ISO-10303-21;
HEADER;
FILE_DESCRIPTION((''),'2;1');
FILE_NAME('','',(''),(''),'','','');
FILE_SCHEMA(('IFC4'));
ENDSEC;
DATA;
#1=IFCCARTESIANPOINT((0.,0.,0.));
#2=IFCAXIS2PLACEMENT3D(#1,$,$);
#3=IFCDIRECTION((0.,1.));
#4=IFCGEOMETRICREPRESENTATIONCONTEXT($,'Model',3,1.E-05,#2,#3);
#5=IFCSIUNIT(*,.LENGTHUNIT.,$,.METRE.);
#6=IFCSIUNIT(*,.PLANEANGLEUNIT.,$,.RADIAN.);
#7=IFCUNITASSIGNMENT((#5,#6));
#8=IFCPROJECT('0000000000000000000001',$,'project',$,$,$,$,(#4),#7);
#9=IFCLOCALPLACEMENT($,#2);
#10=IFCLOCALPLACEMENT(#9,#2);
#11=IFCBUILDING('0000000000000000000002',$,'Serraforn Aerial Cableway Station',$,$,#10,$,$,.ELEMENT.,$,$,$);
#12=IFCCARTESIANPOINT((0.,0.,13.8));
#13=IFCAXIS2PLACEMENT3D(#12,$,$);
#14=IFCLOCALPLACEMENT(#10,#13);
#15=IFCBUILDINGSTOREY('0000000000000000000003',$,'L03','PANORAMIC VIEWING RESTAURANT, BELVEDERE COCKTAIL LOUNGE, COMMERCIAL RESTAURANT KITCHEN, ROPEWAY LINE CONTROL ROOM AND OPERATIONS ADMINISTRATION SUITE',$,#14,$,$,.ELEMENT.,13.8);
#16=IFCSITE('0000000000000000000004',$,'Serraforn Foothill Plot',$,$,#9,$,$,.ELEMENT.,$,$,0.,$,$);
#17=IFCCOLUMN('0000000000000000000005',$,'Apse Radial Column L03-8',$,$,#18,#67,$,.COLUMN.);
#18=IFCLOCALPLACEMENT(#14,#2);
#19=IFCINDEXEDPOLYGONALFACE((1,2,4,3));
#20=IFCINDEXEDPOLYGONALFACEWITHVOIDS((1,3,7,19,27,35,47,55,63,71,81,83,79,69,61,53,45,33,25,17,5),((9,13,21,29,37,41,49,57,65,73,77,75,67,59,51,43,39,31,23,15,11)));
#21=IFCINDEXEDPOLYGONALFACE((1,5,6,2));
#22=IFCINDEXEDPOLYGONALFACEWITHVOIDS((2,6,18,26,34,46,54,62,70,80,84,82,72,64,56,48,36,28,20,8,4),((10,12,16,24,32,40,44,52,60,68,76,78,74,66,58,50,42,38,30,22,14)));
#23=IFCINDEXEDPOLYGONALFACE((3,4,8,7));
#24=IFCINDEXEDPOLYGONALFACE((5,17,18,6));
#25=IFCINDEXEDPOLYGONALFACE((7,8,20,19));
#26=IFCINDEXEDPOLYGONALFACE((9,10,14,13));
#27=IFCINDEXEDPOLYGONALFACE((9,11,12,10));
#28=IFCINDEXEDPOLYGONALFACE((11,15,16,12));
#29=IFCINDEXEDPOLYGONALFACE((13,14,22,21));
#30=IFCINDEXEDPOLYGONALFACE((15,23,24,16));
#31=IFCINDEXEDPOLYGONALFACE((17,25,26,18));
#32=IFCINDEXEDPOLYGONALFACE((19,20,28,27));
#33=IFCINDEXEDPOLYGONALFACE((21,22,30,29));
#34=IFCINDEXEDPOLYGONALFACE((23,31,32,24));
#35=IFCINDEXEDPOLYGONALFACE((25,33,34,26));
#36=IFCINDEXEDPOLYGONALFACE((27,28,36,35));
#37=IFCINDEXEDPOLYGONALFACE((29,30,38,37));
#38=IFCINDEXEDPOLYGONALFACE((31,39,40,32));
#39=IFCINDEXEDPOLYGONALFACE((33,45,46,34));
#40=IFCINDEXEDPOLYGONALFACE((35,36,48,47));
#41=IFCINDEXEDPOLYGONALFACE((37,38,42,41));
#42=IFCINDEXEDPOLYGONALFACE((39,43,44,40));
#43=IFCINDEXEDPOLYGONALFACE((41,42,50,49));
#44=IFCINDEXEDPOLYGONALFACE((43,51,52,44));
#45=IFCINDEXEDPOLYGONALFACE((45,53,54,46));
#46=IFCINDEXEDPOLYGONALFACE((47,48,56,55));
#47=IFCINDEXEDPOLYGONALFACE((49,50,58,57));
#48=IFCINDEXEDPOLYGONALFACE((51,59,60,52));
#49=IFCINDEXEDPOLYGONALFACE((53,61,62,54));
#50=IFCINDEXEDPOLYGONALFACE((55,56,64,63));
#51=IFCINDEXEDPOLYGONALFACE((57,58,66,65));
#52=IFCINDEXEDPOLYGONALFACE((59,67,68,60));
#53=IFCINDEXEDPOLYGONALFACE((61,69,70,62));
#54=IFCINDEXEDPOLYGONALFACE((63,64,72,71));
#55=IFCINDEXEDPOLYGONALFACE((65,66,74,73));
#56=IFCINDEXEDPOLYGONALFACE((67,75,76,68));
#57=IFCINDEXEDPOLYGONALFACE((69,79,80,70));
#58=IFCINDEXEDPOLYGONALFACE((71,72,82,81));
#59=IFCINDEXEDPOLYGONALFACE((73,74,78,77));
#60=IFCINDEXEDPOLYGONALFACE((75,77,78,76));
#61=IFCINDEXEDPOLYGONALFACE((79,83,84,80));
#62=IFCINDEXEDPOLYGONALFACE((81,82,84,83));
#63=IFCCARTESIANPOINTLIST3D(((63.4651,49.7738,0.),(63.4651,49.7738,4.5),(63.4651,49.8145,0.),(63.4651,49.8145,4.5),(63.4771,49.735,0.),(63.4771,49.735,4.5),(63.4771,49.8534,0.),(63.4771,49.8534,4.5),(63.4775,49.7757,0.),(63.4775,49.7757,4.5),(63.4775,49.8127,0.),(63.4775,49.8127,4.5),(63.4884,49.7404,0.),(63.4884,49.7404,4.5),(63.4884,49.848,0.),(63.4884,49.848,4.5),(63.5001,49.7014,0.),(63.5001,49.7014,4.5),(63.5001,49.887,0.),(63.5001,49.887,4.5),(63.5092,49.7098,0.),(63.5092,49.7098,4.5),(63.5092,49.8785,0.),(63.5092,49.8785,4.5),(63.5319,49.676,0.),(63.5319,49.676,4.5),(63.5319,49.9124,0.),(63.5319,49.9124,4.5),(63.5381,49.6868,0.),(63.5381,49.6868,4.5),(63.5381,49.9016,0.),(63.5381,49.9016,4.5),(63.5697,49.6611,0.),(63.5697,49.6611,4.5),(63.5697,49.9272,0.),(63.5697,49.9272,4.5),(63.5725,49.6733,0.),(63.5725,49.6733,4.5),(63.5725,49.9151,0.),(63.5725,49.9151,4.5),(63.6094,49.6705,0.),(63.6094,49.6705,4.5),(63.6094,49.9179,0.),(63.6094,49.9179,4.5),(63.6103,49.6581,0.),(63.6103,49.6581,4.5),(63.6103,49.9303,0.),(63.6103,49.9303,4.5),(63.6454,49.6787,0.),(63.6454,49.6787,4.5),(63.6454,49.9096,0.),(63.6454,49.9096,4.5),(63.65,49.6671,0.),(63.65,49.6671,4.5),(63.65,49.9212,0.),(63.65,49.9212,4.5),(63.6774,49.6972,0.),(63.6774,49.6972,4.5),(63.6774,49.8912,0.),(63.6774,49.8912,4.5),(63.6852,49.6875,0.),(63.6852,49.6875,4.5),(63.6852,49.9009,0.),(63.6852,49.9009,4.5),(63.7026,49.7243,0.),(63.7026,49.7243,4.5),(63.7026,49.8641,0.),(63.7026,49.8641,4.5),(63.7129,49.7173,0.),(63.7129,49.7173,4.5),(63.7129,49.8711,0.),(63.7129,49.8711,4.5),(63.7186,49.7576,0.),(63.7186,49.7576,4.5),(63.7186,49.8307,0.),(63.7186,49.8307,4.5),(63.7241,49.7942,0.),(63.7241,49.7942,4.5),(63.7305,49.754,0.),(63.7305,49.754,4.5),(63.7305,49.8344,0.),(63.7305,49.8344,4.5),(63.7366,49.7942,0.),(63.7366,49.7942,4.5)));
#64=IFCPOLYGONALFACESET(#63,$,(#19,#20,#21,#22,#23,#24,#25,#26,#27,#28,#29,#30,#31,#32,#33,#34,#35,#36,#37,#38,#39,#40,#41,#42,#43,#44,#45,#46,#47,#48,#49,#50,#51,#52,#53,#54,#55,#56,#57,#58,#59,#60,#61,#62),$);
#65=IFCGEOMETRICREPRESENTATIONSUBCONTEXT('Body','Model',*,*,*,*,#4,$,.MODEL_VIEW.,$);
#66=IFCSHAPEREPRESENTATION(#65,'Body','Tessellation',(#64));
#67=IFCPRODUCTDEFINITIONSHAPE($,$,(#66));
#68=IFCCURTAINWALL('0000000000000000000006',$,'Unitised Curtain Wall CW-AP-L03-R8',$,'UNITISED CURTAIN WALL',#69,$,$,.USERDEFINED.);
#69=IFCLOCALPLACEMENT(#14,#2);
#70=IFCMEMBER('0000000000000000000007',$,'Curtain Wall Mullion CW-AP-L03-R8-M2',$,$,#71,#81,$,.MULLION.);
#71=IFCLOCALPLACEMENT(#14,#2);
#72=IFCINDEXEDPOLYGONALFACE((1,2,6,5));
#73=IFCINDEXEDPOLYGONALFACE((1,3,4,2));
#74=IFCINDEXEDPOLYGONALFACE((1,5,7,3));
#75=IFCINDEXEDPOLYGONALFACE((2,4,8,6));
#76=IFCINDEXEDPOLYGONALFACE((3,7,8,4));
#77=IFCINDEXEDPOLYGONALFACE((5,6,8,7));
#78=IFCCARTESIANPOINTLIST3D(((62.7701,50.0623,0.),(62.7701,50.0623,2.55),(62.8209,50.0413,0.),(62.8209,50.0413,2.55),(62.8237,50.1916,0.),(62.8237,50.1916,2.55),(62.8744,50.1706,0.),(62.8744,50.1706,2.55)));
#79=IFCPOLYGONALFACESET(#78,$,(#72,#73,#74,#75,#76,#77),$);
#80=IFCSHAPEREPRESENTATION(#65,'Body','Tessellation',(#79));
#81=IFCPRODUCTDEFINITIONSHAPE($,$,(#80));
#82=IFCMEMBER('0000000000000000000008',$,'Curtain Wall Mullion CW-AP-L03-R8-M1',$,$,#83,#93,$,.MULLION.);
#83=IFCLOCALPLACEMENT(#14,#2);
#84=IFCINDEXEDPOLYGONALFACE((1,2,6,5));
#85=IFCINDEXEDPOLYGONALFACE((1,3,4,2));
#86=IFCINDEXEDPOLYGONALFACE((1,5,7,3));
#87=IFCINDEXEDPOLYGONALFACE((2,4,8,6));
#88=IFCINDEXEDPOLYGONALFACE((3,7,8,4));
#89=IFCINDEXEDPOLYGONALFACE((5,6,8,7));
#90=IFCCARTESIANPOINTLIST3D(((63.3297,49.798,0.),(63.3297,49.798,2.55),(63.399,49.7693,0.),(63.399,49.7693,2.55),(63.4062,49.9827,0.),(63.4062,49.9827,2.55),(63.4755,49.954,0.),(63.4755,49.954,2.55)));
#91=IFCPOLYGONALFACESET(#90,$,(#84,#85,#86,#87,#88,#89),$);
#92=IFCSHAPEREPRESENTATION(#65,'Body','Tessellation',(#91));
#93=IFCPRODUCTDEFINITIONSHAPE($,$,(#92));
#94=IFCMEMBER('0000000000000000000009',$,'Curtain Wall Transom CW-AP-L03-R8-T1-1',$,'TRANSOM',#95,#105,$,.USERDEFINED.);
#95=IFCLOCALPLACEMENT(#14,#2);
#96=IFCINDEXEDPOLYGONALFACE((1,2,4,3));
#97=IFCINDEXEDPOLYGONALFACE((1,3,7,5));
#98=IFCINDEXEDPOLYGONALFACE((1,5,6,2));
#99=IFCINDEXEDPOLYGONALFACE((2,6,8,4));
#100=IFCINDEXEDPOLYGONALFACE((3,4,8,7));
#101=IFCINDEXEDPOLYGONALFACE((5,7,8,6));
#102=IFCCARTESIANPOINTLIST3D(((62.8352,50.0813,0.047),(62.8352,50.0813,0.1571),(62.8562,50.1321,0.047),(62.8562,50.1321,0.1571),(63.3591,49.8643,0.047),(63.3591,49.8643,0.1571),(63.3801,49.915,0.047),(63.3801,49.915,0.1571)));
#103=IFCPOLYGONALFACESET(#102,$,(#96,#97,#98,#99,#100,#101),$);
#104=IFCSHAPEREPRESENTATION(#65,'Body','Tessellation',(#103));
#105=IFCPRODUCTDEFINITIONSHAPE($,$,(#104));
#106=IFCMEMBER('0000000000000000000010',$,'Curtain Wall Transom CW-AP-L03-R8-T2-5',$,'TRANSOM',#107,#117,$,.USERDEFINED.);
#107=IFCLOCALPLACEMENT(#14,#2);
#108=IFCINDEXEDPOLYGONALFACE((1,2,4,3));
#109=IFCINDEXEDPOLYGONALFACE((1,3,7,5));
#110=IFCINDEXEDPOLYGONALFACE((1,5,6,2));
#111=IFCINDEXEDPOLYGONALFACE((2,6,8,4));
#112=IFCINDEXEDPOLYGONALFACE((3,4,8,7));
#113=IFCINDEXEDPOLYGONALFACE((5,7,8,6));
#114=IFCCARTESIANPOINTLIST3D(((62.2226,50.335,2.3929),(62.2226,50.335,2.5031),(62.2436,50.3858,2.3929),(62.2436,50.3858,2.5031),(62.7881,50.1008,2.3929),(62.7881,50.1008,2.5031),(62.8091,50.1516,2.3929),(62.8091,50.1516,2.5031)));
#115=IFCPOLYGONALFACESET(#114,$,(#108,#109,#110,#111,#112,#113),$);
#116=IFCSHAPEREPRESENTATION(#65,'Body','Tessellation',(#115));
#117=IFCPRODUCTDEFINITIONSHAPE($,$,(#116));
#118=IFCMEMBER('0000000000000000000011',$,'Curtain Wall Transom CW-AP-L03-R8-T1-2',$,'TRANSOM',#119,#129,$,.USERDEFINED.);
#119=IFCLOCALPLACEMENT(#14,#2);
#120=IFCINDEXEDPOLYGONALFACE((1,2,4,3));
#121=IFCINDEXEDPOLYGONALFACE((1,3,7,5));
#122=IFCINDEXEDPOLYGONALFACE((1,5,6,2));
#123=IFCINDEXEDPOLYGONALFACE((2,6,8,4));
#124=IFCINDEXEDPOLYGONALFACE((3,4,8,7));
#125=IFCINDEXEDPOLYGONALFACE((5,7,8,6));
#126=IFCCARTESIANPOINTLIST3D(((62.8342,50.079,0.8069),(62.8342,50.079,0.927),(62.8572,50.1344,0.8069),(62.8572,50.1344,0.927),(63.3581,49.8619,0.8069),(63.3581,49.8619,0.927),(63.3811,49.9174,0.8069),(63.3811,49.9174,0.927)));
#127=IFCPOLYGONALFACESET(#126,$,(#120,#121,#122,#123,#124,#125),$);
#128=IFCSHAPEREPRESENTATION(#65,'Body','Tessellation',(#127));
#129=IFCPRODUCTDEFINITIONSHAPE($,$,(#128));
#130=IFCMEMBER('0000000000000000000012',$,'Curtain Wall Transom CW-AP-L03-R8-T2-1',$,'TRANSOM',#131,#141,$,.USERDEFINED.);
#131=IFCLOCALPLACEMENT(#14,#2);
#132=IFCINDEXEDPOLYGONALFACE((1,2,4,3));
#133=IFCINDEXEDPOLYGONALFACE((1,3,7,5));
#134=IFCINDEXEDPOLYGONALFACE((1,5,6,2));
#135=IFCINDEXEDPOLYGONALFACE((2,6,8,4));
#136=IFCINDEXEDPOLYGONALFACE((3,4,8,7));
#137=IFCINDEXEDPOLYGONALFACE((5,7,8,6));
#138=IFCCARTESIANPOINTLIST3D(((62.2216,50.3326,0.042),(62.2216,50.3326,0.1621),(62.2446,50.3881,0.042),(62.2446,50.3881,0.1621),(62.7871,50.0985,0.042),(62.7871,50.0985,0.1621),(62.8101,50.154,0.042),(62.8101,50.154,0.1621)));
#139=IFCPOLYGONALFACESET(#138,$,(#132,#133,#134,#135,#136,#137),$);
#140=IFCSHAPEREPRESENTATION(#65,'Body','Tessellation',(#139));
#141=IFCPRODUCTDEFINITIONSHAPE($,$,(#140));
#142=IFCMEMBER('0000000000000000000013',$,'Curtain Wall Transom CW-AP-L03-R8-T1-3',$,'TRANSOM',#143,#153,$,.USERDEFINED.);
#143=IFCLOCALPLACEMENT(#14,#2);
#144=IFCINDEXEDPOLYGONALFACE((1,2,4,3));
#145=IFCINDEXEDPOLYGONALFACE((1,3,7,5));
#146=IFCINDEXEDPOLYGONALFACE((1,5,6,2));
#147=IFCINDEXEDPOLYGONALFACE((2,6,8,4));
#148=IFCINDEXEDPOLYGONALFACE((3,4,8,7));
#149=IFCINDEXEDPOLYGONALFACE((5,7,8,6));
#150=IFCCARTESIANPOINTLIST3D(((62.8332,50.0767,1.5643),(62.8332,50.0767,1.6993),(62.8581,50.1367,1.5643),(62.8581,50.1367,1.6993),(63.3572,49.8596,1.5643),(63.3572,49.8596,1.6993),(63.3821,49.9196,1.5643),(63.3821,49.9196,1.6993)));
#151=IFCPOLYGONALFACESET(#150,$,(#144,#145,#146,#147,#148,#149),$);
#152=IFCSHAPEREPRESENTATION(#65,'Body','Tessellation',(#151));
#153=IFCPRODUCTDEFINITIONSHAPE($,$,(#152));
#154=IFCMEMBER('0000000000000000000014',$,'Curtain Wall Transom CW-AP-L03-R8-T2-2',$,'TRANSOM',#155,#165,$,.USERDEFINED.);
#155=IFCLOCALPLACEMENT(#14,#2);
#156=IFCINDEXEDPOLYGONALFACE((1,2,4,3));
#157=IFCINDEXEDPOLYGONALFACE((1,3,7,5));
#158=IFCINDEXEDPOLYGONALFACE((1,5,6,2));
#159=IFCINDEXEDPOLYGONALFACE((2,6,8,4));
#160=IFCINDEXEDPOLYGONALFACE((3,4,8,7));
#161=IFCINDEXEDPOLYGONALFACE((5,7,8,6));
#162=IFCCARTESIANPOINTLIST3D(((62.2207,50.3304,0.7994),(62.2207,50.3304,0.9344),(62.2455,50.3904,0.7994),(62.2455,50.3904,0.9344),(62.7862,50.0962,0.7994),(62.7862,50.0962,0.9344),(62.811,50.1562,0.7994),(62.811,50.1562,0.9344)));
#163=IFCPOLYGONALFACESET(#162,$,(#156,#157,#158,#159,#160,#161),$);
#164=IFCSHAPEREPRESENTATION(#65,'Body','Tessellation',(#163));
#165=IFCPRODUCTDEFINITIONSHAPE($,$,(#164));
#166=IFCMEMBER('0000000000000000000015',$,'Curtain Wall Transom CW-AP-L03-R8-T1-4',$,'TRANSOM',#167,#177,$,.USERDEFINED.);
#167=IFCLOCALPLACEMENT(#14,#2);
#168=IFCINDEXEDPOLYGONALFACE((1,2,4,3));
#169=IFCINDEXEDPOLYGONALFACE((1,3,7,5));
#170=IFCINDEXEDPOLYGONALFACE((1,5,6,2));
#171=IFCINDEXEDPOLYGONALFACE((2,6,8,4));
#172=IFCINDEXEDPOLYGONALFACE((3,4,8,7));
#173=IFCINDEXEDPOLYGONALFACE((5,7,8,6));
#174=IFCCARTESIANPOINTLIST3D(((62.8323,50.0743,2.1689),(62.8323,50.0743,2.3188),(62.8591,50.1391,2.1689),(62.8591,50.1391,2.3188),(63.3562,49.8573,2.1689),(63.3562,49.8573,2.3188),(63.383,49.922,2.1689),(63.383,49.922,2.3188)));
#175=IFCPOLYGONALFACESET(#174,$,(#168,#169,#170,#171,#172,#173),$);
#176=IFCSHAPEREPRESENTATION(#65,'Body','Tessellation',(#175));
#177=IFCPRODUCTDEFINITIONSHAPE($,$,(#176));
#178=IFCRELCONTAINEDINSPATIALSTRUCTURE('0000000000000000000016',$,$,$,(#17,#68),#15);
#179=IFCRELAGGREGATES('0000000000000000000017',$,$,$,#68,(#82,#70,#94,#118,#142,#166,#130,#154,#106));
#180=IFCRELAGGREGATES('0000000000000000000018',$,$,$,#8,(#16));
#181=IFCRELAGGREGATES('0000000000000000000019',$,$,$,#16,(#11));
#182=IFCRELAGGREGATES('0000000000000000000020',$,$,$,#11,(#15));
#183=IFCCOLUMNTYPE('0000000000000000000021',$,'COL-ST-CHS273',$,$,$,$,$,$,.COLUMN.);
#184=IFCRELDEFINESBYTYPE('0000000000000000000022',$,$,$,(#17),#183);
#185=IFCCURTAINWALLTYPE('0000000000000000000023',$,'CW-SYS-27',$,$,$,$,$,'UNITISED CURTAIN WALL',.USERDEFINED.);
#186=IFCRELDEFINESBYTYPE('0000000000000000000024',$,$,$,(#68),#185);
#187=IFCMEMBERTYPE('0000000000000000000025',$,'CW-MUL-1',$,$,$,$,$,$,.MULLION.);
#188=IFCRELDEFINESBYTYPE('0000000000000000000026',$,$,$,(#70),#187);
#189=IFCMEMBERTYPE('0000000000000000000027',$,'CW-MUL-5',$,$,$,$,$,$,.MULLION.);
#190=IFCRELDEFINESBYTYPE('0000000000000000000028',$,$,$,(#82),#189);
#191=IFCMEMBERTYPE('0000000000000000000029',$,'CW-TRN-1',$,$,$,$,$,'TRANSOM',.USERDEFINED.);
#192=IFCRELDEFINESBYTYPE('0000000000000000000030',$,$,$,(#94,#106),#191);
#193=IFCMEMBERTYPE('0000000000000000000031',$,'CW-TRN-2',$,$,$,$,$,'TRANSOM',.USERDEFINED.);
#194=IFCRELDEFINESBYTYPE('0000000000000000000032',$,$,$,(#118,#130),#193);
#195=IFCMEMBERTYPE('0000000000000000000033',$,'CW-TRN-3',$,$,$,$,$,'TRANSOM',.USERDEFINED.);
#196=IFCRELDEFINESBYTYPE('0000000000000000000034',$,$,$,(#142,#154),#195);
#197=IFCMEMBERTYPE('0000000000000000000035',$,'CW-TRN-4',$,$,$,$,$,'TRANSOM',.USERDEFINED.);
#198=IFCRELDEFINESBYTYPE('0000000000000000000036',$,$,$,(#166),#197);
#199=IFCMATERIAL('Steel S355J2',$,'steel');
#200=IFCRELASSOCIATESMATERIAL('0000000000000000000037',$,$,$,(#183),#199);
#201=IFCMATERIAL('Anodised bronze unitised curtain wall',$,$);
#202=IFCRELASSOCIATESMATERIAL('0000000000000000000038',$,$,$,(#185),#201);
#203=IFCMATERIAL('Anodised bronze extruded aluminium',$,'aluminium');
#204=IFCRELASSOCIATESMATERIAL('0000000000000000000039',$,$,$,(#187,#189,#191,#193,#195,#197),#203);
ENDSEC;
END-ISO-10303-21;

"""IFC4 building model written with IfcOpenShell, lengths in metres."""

from ifc_helpers import new_model, si_unit, direction, frame, origin, origin_2d, place, context, subcontext, project, spatial, rectangle, hollow_circle, extrude, material, material_profile, profile_set, type_object, element, aggregate, save


model = new_model("IFC4")

# Units and contexts
model_context = context("Model", 3, precision=1e-05, world=origin(), true_north=direction((0.0, 1.0)))
body_context = subcontext(model_context, "Body", "Model", "MODEL_VIEW")
ifc_project = project(units=[si_unit("LENGTHUNIT", "METRE"), si_unit("PLANEANGLEUNIT", "RADIAN")], contexts=[model_context])

# Site, building, storey
site_placement = place(None, origin())
site = spatial("IfcSite", under=ifc_project, at=site_placement, Name="Serraforn Foothill Plot", CompositionType="ELEMENT", RefElevation=0.0)
building_placement = place(site_placement, origin())
building = spatial("IfcBuilding", under=site, at=building_placement, Name="Serraforn Aerial Cableway Station", CompositionType="ELEMENT")
storey_placement = place(building_placement, frame((0.0, 0.0, 13.8)))
storey = spatial("IfcBuildingStorey", under=building, at=storey_placement, Name="L03", Description="PANORAMIC VIEWING RESTAURANT, BELVEDERE COCKTAIL LOUNGE, COMMERCIAL RESTAURANT KITCHEN, ROPEWAY LINE CONTROL ROOM AND OPERATIONS ADMINISTRATION SUITE", CompositionType="ELEMENT", Elevation=13.8)

# Column
ifc_material_1 = material(Name="Steel S355J2", Category="steel")
ifc_material_profile_1 = material_profile(ifc_material_1, hollow_circle(Radius=0.1365, WallThickness=0.0125, at=origin_2d()), Name="CHS 273.0x12.5")
ifc_profile_set_1 = profile_set([ifc_material_profile_1], Name="Steel S355J2")
column_type = type_object("IfcColumnType", Name="COL-ST-CHS273", PredefinedType="COLUMN", material=ifc_profile_set_1)
column_placement = place(storey_placement, frame((63.6001, 49.7942, 0.0), z_axis=(0.0, 0.0, 1.0), x_axis=(1.0, 0.0, 0.0)))
element("IfcColumn", 1, at=column_placement, inside=storey, type_object=column_type, Name="Apse Radial Column L03-8", PredefinedType="COLUMN", context=body_context, shape_type="SweptSolid", body=[
    extrude(hollow_circle(Radius=0.1365, WallThickness=0.0125, at=origin_2d()), origin(), (0.0, 0.0, 1.0), 4.5),
])

# Curtain wall, members
ifc_material_2 = material(Name="Anodised bronze unitised curtain wall")
curtain_wall_type_1 = type_object("IfcCurtainWallType", Name="CW-SYS-27", ElementType="UNITISED CURTAIN WALL", PredefinedType="USERDEFINED", material=ifc_material_2)
curtain_wall_1_placement = place(storey_placement, origin())
curtain_wall_1 = element("IfcCurtainWall", 2, at=curtain_wall_1_placement, inside=storey, type_object=curtain_wall_type_1, Name="Unitised Curtain Wall CW-AP-L03-R8", ObjectType="UNITISED CURTAIN WALL", PredefinedType="USERDEFINED")
ifc_material_3 = material(Name="Anodised bronze extruded aluminium", Category="aluminium")
ifc_material_profile_2 = material_profile(ifc_material_3, rectangle(XDim=0.0549, YDim=0.1399, at=origin_2d()), Name="CW MULLION 55x140")
ifc_profile_set_2 = profile_set([ifc_material_profile_2], Name="Anodised bronze extruded aluminium")
member_type_1 = type_object("IfcMemberType", Name="CW-MUL-1", PredefinedType="MULLION", material=ifc_profile_set_2)
member_1_placement = place(storey_placement, frame((62.8223, 50.1165, 0.0), z_axis=(0.0, 0.0, 1.0), x_axis=(-0.923887, 0.382666, 0.0)))
member_1 = element("IfcMember", 3, at=member_1_placement, type_object=member_type_1, Name="Curtain Wall Mullion CW-AP-L03-R8-M2", PredefinedType="MULLION", context=body_context, shape_type="SweptSolid", body=[
    extrude(rectangle(XDim=0.0549, YDim=0.1399, at=origin_2d()), origin(), (0.0, 0.0, 1.0), 2.55),
])
ifc_material_profile_3 = material_profile(ifc_material_3, rectangle(XDim=0.075, YDim=0.2, at=origin_2d()), Name="CW MULLION 75x200")
ifc_profile_set_3 = profile_set([ifc_material_profile_3], Name="Anodised bronze extruded aluminium")
member_type_2 = type_object("IfcMemberType", Name="CW-MUL-5", PredefinedType="MULLION", material=ifc_profile_set_3)
member_2_placement = place(storey_placement, frame((63.4026, 49.876, 0.0), z_axis=(0.0, 0.0, 1.0), x_axis=(-0.923887, 0.382666, 0.0)))
member_2 = element("IfcMember", 4, at=member_2_placement, type_object=member_type_2, Name="Curtain Wall Mullion CW-AP-L03-R8-M1", PredefinedType="MULLION", context=body_context, shape_type="SweptSolid", body=[
    extrude(rectangle(XDim=0.075, YDim=0.2, at=origin_2d()), origin(), (0.0, 0.0, 1.0), 2.55),
])
ifc_material_profile_4 = material_profile(ifc_material_3, rectangle(XDim=0.0549, YDim=0.1101, at=origin_2d()), Name="CW TRANSOM 55x110")
ifc_profile_set_4 = profile_set([ifc_material_profile_4], Name="Anodised bronze extruded aluminium")
member_type_3 = type_object("IfcMemberType", Name="CW-TRN-1", ElementType="TRANSOM", PredefinedType="USERDEFINED", material=ifc_profile_set_4)
member_3_placement = place(storey_placement, frame((63.3696, 49.8896, 0.1021), z_axis=(-0.923865, 0.382719, 0.0), x_axis=(-0.382719, -0.923865, 0.0)))
member_3 = element("IfcMember", 5, at=member_3_placement, type_object=member_type_3, Name="Curtain Wall Transom CW-AP-L03-R8-T1-1", ObjectType="TRANSOM", PredefinedType="USERDEFINED", context=body_context, shape_type="SweptSolid", body=[
    extrude(rectangle(XDim=0.0549, YDim=0.1101, at=origin_2d()), origin(), (0.0, 0.0, 1.0), 0.5671),
])
member_4_placement = place(storey_placement, frame((62.7986, 50.1262, 2.448), z_axis=(-0.923924, 0.382575, 0.0), x_axis=(-0.382575, -0.923924, 0.0)))
member_4 = element("IfcMember", 6, at=member_4_placement, type_object=member_type_3, Name="Curtain Wall Transom CW-AP-L03-R8-T2-5", ObjectType="TRANSOM", PredefinedType="USERDEFINED", context=body_context, shape_type="SweptSolid", body=[
    extrude(rectangle(XDim=0.0549, YDim=0.1101, at=origin_2d()), origin(), (0.0, 0.0, 1.0), 0.6121),
])
ifc_material_profile_5 = material_profile(ifc_material_3, rectangle(XDim=0.0601, YDim=0.1201, at=origin_2d()), Name="CW TRANSOM 60x120")
ifc_profile_set_5 = profile_set([ifc_material_profile_5], Name="Anodised bronze extruded aluminium")
member_type_4 = type_object("IfcMemberType", Name="CW-TRN-2", ElementType="TRANSOM", PredefinedType="USERDEFINED", material=ifc_profile_set_5)
member_5_placement = place(storey_placement, frame((63.3696, 49.8896, 0.8669), z_axis=(-0.923865, 0.382719, 0.0), x_axis=(-0.382719, -0.923865, 0.0)))
member_5 = element("IfcMember", 7, at=member_5_placement, type_object=member_type_4, Name="Curtain Wall Transom CW-AP-L03-R8-T1-2", ObjectType="TRANSOM", PredefinedType="USERDEFINED", context=body_context, shape_type="SweptSolid", body=[
    extrude(rectangle(XDim=0.0601, YDim=0.1201, at=origin_2d()), origin(), (0.0, 0.0, 1.0), 0.5671),
])
member_6_placement = place(storey_placement, frame((62.7986, 50.1262, 0.1021), z_axis=(-0.923924, 0.382575, 0.0), x_axis=(-0.382575, -0.923924, 0.0)))
member_6 = element("IfcMember", 8, at=member_6_placement, type_object=member_type_4, Name="Curtain Wall Transom CW-AP-L03-R8-T2-1", ObjectType="TRANSOM", PredefinedType="USERDEFINED", context=body_context, shape_type="SweptSolid", body=[
    extrude(rectangle(XDim=0.0601, YDim=0.1201, at=origin_2d()), origin(), (0.0, 0.0, 1.0), 0.6121),
])
ifc_material_profile_6 = material_profile(ifc_material_3, rectangle(XDim=0.0649, YDim=0.135, at=origin_2d()), Name="CW TRANSOM 65x135")
ifc_profile_set_6 = profile_set([ifc_material_profile_6], Name="Anodised bronze extruded aluminium")
member_type_5 = type_object("IfcMemberType", Name="CW-TRN-3", ElementType="TRANSOM", PredefinedType="USERDEFINED", material=ifc_profile_set_6)
member_7_placement = place(storey_placement, frame((63.3696, 49.8896, 1.6318), z_axis=(-0.923865, 0.382719, 0.0), x_axis=(-0.382719, -0.923865, 0.0)))
member_7 = element("IfcMember", 9, at=member_7_placement, type_object=member_type_5, Name="Curtain Wall Transom CW-AP-L03-R8-T1-3", ObjectType="TRANSOM", PredefinedType="USERDEFINED", context=body_context, shape_type="SweptSolid", body=[
    extrude(rectangle(XDim=0.0649, YDim=0.135, at=origin_2d()), origin(), (0.0, 0.0, 1.0), 0.5671),
])
member_8_placement = place(storey_placement, frame((62.7986, 50.1262, 0.8669), z_axis=(-0.923924, 0.382575, 0.0), x_axis=(-0.382575, -0.923924, 0.0)))
member_8 = element("IfcMember", 10, at=member_8_placement, type_object=member_type_5, Name="Curtain Wall Transom CW-AP-L03-R8-T2-2", ObjectType="TRANSOM", PredefinedType="USERDEFINED", context=body_context, shape_type="SweptSolid", body=[
    extrude(rectangle(XDim=0.0649, YDim=0.135, at=origin_2d()), origin(), (0.0, 0.0, 1.0), 0.6121),
])
ifc_material_profile_7 = material_profile(ifc_material_3, rectangle(XDim=0.0701, YDim=0.1499, at=origin_2d()), Name="CW TRANSOM 70x150")
ifc_profile_set_7 = profile_set([ifc_material_profile_7], Name="Anodised bronze extruded aluminium")
member_type_6 = type_object("IfcMemberType", Name="CW-TRN-4", ElementType="TRANSOM", PredefinedType="USERDEFINED", material=ifc_profile_set_7)
member_9_placement = place(storey_placement, frame((63.3696, 49.8896, 2.2439), z_axis=(-0.923865, 0.382719, 0.0), x_axis=(-0.382719, -0.923865, 0.0)))
member_9 = element("IfcMember", 11, at=member_9_placement, type_object=member_type_6, Name="Curtain Wall Transom CW-AP-L03-R8-T1-4", ObjectType="TRANSOM", PredefinedType="USERDEFINED", context=body_context, shape_type="SweptSolid", body=[
    extrude(rectangle(XDim=0.0701, YDim=0.1499, at=origin_2d()), origin(), (0.0, 0.0, 1.0), 0.5671),
])

aggregate(curtain_wall_1, [member_2, member_1, member_3, member_5, member_7, member_9, member_6, member_8, member_4])

save(model, "model.ifc")
